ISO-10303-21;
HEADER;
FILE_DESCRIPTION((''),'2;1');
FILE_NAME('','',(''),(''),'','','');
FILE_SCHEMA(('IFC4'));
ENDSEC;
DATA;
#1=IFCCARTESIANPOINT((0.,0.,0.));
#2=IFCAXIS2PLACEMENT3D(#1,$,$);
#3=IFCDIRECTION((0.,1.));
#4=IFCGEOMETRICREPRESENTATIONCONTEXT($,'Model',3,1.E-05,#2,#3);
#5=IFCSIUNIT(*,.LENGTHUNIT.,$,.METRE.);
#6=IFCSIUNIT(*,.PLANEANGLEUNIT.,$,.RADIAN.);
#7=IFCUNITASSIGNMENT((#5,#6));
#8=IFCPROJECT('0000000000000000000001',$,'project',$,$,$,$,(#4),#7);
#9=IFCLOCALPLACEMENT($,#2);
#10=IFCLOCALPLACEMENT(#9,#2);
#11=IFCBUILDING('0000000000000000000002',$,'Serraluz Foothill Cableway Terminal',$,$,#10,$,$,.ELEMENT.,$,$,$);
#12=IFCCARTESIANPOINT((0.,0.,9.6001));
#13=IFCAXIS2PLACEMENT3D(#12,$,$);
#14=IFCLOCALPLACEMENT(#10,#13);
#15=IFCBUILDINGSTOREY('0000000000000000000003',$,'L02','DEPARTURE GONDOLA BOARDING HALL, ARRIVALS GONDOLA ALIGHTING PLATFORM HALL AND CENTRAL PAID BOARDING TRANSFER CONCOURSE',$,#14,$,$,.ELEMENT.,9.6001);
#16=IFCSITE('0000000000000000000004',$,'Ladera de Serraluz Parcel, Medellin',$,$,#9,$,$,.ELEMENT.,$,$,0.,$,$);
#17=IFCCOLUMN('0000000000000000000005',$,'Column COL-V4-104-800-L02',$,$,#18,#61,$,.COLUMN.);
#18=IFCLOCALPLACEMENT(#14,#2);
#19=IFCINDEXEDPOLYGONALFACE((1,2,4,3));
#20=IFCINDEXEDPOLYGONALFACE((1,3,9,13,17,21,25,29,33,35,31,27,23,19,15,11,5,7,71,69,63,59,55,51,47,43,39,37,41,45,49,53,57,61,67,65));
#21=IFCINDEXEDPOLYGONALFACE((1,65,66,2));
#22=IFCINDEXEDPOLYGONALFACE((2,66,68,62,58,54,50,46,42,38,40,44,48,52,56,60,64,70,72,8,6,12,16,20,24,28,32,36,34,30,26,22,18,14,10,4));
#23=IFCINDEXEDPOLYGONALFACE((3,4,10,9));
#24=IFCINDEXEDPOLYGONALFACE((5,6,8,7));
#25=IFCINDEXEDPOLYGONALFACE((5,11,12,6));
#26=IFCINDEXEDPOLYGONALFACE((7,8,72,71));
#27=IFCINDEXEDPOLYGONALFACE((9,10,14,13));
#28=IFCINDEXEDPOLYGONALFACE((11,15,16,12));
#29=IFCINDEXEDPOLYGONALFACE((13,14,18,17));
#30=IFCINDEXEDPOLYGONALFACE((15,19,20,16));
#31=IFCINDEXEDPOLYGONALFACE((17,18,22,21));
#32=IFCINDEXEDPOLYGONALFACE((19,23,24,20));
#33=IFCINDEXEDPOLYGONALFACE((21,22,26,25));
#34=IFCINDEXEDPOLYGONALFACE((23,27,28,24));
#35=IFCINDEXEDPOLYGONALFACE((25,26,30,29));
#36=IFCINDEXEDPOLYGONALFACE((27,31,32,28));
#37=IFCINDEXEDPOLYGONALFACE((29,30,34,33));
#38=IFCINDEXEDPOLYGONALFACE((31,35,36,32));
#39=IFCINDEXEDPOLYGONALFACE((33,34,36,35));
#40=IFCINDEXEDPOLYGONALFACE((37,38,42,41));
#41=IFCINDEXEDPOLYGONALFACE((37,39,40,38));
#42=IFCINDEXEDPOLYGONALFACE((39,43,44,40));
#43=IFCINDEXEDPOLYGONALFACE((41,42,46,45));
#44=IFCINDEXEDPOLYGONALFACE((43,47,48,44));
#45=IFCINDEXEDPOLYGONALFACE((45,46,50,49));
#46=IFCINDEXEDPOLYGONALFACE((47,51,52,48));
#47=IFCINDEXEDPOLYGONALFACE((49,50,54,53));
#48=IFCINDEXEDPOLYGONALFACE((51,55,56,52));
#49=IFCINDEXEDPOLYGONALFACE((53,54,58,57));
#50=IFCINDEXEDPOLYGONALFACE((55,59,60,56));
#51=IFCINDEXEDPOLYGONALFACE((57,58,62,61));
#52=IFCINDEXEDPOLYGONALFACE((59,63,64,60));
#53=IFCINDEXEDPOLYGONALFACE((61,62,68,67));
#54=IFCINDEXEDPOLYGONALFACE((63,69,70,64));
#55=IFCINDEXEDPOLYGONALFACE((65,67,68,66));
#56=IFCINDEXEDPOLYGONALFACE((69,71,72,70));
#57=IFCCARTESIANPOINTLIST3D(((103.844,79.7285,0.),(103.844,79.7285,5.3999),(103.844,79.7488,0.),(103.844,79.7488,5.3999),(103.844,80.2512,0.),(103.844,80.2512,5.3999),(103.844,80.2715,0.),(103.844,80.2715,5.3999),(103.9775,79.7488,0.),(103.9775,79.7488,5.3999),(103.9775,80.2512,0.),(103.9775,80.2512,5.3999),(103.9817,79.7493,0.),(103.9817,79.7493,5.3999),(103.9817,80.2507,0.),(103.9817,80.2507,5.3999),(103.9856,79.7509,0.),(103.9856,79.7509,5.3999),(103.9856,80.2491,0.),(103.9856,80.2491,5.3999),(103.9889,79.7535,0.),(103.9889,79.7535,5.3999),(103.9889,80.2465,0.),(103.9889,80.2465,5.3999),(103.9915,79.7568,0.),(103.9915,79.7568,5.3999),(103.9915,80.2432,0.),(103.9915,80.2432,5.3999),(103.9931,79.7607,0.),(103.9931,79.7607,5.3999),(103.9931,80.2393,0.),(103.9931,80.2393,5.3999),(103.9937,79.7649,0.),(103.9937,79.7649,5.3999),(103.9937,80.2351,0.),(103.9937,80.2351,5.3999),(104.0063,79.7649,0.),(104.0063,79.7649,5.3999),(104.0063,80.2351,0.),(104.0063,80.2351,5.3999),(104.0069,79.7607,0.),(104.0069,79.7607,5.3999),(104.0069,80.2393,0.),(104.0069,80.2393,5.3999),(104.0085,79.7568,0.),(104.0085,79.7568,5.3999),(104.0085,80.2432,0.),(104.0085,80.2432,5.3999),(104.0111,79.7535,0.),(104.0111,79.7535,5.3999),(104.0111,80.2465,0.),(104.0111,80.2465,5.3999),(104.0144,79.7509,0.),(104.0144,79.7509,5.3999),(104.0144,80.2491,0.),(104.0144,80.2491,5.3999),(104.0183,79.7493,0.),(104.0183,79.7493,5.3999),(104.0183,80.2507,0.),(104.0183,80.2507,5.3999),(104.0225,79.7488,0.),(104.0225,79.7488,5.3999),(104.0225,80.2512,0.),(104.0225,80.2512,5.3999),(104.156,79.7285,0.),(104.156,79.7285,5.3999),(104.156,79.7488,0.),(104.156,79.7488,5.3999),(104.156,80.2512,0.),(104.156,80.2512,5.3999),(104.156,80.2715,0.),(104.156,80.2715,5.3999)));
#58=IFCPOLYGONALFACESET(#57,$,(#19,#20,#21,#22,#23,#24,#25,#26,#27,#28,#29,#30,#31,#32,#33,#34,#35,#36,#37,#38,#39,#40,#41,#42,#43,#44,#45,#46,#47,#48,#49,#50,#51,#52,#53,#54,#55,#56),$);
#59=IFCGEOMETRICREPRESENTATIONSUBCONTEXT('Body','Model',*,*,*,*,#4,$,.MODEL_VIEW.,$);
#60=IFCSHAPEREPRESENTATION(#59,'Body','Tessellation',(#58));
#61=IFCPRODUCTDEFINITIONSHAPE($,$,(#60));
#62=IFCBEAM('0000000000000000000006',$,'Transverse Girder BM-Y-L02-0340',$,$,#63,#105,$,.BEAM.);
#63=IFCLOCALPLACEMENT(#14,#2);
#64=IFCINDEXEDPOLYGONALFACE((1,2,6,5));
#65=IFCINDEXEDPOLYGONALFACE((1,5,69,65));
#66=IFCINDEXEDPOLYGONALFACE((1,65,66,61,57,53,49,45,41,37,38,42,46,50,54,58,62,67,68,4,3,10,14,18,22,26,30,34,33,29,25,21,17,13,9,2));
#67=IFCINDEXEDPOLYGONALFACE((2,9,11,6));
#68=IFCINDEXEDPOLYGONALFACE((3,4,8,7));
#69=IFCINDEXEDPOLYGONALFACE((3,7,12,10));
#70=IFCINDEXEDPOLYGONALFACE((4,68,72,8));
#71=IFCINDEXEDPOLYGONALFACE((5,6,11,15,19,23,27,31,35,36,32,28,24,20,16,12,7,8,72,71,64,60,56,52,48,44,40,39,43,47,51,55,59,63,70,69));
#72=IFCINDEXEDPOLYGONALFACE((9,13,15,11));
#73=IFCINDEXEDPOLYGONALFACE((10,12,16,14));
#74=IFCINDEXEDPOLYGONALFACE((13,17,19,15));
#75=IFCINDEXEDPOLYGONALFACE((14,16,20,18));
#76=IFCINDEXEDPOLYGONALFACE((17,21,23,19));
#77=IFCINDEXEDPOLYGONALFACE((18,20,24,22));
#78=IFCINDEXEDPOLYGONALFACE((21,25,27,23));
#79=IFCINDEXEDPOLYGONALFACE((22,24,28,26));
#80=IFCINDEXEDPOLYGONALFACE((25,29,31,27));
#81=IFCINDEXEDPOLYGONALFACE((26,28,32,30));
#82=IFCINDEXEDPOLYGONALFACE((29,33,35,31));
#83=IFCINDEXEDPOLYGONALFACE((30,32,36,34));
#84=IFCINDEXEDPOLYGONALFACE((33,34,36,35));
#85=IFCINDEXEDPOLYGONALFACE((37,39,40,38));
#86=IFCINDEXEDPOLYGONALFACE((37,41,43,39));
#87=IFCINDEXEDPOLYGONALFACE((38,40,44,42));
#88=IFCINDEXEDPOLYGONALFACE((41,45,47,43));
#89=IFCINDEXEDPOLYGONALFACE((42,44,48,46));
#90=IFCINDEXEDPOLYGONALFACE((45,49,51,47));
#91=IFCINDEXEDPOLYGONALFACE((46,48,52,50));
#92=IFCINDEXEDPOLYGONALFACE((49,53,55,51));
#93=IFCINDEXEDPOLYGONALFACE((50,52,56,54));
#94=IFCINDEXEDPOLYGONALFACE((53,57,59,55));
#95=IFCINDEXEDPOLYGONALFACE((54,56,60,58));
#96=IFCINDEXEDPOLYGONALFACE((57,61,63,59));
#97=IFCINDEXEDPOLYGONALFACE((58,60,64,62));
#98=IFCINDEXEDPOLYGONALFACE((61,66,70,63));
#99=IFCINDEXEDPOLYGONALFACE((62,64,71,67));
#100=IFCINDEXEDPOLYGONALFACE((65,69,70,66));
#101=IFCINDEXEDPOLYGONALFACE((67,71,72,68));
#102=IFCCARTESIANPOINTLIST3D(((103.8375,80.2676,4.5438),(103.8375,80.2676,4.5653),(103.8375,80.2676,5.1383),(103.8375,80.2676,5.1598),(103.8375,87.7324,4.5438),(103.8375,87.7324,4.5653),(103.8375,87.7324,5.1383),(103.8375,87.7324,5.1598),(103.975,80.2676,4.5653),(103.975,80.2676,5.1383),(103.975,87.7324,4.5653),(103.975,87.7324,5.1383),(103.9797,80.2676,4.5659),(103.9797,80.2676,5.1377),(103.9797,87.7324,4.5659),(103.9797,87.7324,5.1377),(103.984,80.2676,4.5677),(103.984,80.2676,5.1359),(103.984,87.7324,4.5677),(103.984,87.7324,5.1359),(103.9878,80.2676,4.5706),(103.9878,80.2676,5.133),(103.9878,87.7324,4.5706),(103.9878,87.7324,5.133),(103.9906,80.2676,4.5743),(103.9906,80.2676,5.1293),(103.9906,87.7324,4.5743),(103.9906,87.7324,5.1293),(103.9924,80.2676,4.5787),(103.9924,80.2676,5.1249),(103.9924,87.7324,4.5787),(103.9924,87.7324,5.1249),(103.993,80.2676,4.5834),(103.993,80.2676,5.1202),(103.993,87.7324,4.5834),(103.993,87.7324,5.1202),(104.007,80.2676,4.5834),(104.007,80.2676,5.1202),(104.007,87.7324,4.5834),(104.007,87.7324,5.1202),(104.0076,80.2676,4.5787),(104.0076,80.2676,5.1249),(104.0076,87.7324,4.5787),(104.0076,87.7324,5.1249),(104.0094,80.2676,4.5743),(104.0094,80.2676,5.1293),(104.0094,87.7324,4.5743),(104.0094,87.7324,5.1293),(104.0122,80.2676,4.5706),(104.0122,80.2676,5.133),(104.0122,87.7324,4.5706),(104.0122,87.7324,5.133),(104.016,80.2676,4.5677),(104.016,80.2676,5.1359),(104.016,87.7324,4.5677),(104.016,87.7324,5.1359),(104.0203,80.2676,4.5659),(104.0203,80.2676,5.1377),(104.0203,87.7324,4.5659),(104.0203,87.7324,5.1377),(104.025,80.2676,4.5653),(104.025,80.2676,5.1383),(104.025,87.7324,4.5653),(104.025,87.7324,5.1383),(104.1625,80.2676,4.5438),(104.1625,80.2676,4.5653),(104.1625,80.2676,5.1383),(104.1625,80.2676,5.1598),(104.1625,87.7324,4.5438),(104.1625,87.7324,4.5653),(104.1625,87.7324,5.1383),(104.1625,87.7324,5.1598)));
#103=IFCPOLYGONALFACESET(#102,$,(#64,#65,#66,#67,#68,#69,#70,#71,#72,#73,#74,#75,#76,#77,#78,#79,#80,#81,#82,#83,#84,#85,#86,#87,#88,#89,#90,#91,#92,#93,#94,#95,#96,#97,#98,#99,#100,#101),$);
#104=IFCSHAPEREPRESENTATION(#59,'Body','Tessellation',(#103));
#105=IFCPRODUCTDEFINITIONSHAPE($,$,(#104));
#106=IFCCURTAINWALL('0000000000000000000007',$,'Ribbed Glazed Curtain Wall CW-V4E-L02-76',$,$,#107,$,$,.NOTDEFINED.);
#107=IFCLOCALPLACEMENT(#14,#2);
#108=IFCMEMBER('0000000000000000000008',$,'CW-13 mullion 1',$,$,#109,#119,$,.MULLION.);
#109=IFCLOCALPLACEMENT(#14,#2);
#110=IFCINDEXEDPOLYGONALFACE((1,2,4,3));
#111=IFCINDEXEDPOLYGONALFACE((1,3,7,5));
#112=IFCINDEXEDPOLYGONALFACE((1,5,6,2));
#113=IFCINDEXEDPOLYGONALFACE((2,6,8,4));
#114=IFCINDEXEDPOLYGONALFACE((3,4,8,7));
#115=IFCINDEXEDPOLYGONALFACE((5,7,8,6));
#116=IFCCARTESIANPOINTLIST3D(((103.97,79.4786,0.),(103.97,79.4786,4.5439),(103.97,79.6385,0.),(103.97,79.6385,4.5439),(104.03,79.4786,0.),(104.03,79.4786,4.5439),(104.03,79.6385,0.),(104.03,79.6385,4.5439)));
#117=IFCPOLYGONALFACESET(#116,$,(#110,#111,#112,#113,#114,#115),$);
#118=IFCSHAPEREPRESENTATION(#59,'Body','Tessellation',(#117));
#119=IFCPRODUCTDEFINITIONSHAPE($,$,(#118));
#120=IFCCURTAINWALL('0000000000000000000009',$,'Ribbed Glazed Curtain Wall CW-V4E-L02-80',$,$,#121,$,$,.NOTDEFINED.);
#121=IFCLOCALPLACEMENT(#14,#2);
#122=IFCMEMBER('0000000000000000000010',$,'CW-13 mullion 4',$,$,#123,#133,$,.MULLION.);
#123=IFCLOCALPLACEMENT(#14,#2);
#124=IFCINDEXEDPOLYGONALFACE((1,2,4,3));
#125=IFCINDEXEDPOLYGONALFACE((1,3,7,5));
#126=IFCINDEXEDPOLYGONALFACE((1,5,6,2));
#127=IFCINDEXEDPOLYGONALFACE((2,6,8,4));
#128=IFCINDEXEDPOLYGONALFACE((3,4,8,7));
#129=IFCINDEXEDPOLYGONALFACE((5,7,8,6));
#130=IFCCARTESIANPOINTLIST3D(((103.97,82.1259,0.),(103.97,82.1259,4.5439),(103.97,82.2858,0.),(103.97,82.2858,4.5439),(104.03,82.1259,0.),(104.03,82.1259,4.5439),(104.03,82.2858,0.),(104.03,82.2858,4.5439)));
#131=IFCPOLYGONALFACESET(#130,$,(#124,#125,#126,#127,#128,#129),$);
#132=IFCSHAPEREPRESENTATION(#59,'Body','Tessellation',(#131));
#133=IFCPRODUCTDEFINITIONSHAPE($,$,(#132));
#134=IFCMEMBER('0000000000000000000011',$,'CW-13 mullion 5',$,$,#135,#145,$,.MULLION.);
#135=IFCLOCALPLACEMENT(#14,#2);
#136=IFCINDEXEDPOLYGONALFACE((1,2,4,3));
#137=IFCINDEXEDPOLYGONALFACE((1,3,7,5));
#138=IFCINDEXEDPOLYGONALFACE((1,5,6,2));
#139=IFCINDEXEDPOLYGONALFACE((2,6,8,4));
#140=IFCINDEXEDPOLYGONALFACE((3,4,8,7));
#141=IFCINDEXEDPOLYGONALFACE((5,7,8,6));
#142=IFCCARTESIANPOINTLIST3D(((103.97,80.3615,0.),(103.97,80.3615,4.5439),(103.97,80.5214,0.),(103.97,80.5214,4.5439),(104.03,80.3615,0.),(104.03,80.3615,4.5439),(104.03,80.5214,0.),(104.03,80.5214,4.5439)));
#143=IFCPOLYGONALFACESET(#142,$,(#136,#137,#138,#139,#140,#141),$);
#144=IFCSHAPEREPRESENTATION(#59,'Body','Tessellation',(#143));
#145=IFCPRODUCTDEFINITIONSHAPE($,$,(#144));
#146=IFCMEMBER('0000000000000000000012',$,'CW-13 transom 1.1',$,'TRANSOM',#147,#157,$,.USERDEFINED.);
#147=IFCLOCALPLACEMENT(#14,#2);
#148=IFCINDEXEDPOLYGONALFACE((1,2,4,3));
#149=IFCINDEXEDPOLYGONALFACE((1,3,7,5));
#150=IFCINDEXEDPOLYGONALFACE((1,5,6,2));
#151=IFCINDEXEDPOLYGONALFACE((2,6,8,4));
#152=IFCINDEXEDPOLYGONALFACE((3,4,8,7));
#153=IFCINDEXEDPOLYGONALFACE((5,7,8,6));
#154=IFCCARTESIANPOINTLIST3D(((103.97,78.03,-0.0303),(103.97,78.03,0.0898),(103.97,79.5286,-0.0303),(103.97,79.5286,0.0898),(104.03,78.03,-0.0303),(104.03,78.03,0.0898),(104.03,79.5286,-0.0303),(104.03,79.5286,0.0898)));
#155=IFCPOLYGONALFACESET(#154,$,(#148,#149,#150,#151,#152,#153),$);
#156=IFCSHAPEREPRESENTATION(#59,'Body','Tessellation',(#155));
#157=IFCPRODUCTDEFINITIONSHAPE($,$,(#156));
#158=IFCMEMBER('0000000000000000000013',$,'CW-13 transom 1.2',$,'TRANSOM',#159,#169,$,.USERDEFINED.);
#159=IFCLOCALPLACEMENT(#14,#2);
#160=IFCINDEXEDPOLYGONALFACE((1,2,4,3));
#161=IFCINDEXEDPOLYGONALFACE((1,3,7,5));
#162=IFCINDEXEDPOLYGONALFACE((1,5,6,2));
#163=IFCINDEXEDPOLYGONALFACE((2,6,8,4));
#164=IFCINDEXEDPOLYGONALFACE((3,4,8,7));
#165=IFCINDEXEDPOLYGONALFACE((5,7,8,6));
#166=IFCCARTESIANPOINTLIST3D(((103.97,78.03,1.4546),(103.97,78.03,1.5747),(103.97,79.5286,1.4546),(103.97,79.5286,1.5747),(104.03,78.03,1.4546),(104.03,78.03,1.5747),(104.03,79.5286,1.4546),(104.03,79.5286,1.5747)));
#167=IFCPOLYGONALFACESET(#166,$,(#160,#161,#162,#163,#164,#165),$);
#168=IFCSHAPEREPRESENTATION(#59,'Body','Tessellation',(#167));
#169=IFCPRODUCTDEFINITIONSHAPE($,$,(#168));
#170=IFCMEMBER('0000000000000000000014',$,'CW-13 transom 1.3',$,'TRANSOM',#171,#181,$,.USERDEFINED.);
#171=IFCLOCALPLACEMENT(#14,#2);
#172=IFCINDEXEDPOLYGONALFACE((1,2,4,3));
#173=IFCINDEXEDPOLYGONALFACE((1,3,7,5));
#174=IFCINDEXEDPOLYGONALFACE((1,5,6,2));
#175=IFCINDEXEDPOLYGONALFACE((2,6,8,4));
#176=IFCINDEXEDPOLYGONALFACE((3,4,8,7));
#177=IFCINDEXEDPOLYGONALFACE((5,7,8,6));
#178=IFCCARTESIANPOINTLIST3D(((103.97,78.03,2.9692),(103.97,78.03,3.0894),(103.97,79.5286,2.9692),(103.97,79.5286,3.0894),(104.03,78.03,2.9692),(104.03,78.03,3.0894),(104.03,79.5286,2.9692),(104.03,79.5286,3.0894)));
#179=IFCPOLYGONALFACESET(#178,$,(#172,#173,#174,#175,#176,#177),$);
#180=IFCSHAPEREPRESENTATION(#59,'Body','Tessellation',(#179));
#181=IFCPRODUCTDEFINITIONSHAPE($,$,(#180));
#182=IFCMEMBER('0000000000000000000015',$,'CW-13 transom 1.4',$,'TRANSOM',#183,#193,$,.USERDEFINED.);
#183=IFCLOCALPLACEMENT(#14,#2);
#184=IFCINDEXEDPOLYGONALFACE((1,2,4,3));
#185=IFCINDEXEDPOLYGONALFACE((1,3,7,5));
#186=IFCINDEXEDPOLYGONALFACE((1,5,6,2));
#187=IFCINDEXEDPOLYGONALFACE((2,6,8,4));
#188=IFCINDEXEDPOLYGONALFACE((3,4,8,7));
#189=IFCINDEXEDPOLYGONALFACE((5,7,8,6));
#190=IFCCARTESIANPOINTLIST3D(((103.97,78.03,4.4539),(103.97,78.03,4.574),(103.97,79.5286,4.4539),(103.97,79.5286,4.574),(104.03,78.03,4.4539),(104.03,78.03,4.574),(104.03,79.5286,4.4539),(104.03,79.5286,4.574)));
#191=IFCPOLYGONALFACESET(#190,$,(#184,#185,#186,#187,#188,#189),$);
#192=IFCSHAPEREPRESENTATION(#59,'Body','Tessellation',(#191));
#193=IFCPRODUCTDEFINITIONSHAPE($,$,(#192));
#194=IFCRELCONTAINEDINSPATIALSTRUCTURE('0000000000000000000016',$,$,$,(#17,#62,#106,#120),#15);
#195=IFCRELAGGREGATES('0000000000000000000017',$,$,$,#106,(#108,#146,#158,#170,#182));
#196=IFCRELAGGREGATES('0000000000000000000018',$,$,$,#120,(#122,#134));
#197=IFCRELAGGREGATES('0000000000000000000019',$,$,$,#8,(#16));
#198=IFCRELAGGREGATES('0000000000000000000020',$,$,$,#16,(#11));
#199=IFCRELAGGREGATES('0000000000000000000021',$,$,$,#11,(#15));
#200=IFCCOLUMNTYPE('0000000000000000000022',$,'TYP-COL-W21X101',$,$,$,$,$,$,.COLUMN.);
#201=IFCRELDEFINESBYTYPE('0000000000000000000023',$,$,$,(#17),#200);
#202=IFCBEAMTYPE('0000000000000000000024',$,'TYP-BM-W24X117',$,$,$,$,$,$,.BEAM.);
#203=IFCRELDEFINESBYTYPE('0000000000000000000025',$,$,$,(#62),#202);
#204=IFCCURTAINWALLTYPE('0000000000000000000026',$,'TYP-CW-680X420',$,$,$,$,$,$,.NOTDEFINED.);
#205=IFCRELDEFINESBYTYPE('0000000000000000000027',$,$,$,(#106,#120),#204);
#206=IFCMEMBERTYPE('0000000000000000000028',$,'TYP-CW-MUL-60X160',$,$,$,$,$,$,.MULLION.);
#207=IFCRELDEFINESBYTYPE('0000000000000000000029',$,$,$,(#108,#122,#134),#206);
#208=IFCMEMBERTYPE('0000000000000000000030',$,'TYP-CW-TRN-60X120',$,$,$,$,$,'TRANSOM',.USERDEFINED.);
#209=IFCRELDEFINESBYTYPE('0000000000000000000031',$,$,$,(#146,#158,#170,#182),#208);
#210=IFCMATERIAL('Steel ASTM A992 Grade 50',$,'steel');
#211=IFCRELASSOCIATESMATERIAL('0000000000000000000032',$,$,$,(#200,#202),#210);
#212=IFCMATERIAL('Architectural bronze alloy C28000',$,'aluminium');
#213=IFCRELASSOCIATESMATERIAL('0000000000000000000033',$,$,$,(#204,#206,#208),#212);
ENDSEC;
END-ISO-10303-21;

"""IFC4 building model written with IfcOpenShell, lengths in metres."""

from ifc_helpers import new_model, si_unit, direction, frame, origin, origin_2d, place, context, subcontext, project, spatial, rectangle, i_section, extrude, material, material_profile, profile_set, type_object, element, aggregate, save


model = new_model("IFC4")

# Units and contexts
model_context = context("Model", 3, precision=1e-05, world=origin(), true_north=direction((0.0, 1.0)))
body_context = subcontext(model_context, "Body", "Model", "MODEL_VIEW")
ifc_project = project(units=[si_unit("LENGTHUNIT", "METRE"), si_unit("PLANEANGLEUNIT", "RADIAN")], contexts=[model_context])

# Site, building, storey
site_placement = place(None, origin())
site = spatial("IfcSite", under=ifc_project, at=site_placement, Name="Ladera de Serraluz Parcel, Medellin", CompositionType="ELEMENT", RefElevation=0.0)
building_placement = place(site_placement, origin())
building = spatial("IfcBuilding", under=site, at=building_placement, Name="Serraluz Foothill Cableway Terminal", CompositionType="ELEMENT")
storey_placement = place(building_placement, frame((0.0, 0.0, 9.6001)))
storey = spatial("IfcBuildingStorey", under=building, at=storey_placement, Name="L02", Description="DEPARTURE GONDOLA BOARDING HALL, ARRIVALS GONDOLA ALIGHTING PLATFORM HALL AND CENTRAL PAID BOARDING TRANSFER CONCOURSE", CompositionType="ELEMENT", Elevation=9.6001)

# Column
ifc_material_1 = material(Name="Steel ASTM A992 Grade 50", Category="steel")
ifc_material_profile_1 = material_profile(ifc_material_1, i_section(OverallWidth=0.312, OverallDepth=0.543, WebThickness=0.0127, FlangeThickness=0.0203, FilletRadius=0.0161, at=origin_2d()), Name="W21X101")
ifc_profile_set_1 = profile_set([ifc_material_profile_1], Name="Steel ASTM A992 Grade 50")
column_type = type_object("IfcColumnType", Name="TYP-COL-W21X101", PredefinedType="COLUMN", material=ifc_profile_set_1)
column_placement = place(storey_placement, frame((104.0, 80.0, 0.0), z_axis=(0.0, 0.0, 1.0), x_axis=(1.0, 0.0, 0.0)))
element("IfcColumn", 1, at=column_placement, inside=storey, type_object=column_type, Name="Column COL-V4-104-800-L02", PredefinedType="COLUMN", context=body_context, shape_type="SweptSolid", body=[
    extrude(i_section(OverallWidth=0.312, OverallDepth=0.543, WebThickness=0.0127, FlangeThickness=0.0203, FilletRadius=0.0161, at=origin_2d()), origin(), (0.0, 0.0, 1.0), 5.3999),
])

# Beam
ifc_material_profile_2 = material_profile(ifc_material_1, i_section(OverallWidth=0.325, OverallDepth=0.616, WebThickness=0.0139, FlangeThickness=0.0215, FilletRadius=0.0181, at=origin_2d()), Name="W24X117")
ifc_profile_set_2 = profile_set([ifc_material_profile_2], Name="Steel ASTM A992 Grade 50")
beam_type = type_object("IfcBeamType", Name="TYP-BM-W24X117", PredefinedType="BEAM", material=ifc_profile_set_2)
beam_placement = place(storey_placement, frame((104.0, 80.2676, 4.8518), z_axis=(0.0, 1.0, 0.0), x_axis=(-1.0, 0.0, 0.0)))
element("IfcBeam", 2, at=beam_placement, inside=storey, type_object=beam_type, Name="Transverse Girder BM-Y-L02-0340", PredefinedType="BEAM", context=body_context, shape_type="SweptSolid", body=[
    extrude(i_section(OverallWidth=0.325, OverallDepth=0.616, WebThickness=0.0139, FlangeThickness=0.0215, FilletRadius=0.0181, at=origin_2d()), origin(), (0.0, 0.0, 1.0), 7.4648),
])

# Curtain wall, member
ifc_material_2 = material(Name="Architectural bronze alloy C28000", Category="aluminium")
curtain_wall_type = type_object("IfcCurtainWallType", Name="TYP-CW-680X420", PredefinedType="NOTDEFINED", material=ifc_material_2)
curtain_wall_1_placement = place(storey_placement, origin())
curtain_wall_1 = element("IfcCurtainWall", 3, at=curtain_wall_1_placement, inside=storey, type_object=curtain_wall_type, Name="Ribbed Glazed Curtain Wall CW-V4E-L02-76", PredefinedType="NOTDEFINED")
ifc_material_profile_3 = material_profile(ifc_material_2, rectangle(XDim=0.0601, YDim=0.1599, at=origin_2d()), Name="ALU MULLION 60x160")
ifc_profile_set_3 = profile_set([ifc_material_profile_3], Name="Architectural bronze alloy C28000")
member_type_1 = type_object("IfcMemberType", Name="TYP-CW-MUL-60X160", PredefinedType="MULLION", material=ifc_profile_set_3)
member_1_placement = place(storey_placement, frame((104.0, 79.5586, 0.0), z_axis=(0.0, 0.0, 1.0), x_axis=(1.0, 0.0, 0.0)))
member_1 = element("IfcMember", 4, at=member_1_placement, type_object=member_type_1, Name="CW-13 mullion 1", PredefinedType="MULLION", context=body_context, shape_type="SweptSolid", body=[
    extrude(rectangle(XDim=0.0601, YDim=0.1599, at=origin_2d()), origin(), (0.0, 0.0, 1.0), 4.5439),
])

# Curtain wall, members
curtain_wall_2_placement = place(storey_placement, origin())
curtain_wall_2 = element("IfcCurtainWall", 5, at=curtain_wall_2_placement, inside=storey, type_object=curtain_wall_type, Name="Ribbed Glazed Curtain Wall CW-V4E-L02-80", PredefinedType="NOTDEFINED")
member_2_placement = place(storey_placement, frame((104.0, 82.2058, 0.0), z_axis=(0.0, 0.0, 1.0), x_axis=(1.0, 0.0, 0.0)))
member_2 = element("IfcMember", 6, at=member_2_placement, type_object=member_type_1, Name="CW-13 mullion 4", PredefinedType="MULLION", context=body_context, shape_type="SweptSolid", body=[
    extrude(rectangle(XDim=0.0601, YDim=0.1599, at=origin_2d()), origin(), (0.0, 0.0, 1.0), 4.5439),
])
member_3_placement = place(storey_placement, frame((104.0, 80.4414, 0.0), z_axis=(0.0, 0.0, 1.0), x_axis=(1.0, 0.0, 0.0)))
member_3 = element("IfcMember", 7, at=member_3_placement, type_object=member_type_1, Name="CW-13 mullion 5", PredefinedType="MULLION", context=body_context, shape_type="SweptSolid", body=[
    extrude(rectangle(XDim=0.0601, YDim=0.1599, at=origin_2d()), origin(), (0.0, 0.0, 1.0), 4.5439),
])

# Members
ifc_material_profile_4 = material_profile(ifc_material_2, rectangle(XDim=0.0601, YDim=0.1201, at=origin_2d()), Name="ALU TRANSOM 60x120")
ifc_profile_set_4 = profile_set([ifc_material_profile_4], Name="Architectural bronze alloy C28000")
member_type_2 = type_object("IfcMemberType", Name="TYP-CW-TRN-60X120", ElementType="TRANSOM", PredefinedType="USERDEFINED", material=ifc_profile_set_4)
member_4_placement = place(storey_placement, frame((104.0, 79.5286, 0.0298), z_axis=(0.0, -1.0, 0.0), x_axis=(1.0, 0.0, 0.0)))
member_4 = element("IfcMember", 8, at=member_4_placement, type_object=member_type_2, Name="CW-13 transom 1.1", ObjectType="TRANSOM", PredefinedType="USERDEFINED", context=body_context, shape_type="SweptSolid", body=[
    extrude(rectangle(XDim=0.0601, YDim=0.1201, at=origin_2d()), origin(), (0.0, 0.0, 1.0), 1.4985),
])
member_5_placement = place(storey_placement, frame((104.0, 79.5286, 1.5146), z_axis=(0.0, -1.0, 0.0), x_axis=(1.0, 0.0, 0.0)))
member_5 = element("IfcMember", 9, at=member_5_placement, type_object=member_type_2, Name="CW-13 transom 1.2", ObjectType="TRANSOM", PredefinedType="USERDEFINED", context=body_context, shape_type="SweptSolid", body=[
    extrude(rectangle(XDim=0.0601, YDim=0.1201, at=origin_2d()), origin(), (0.0, 0.0, 1.0), 1.4985),
])
member_6_placement = place(storey_placement, frame((104.0, 79.5286, 3.0293), z_axis=(0.0, -1.0, 0.0), x_axis=(1.0, 0.0, 0.0)))
member_6 = element("IfcMember", 10, at=member_6_placement, type_object=member_type_2, Name="CW-13 transom 1.3", ObjectType="TRANSOM", PredefinedType="USERDEFINED", context=body_context, shape_type="SweptSolid", body=[
    extrude(rectangle(XDim=0.0601, YDim=0.1201, at=origin_2d()), origin(), (0.0, 0.0, 1.0), 1.4985),
])
member_7_placement = place(storey_placement, frame((104.0, 79.5286, 4.5139), z_axis=(0.0, -1.0, 0.0), x_axis=(1.0, 0.0, 0.0)))
member_7 = element("IfcMember", 11, at=member_7_placement, type_object=member_type_2, Name="CW-13 transom 1.4", ObjectType="TRANSOM", PredefinedType="USERDEFINED", context=body_context, shape_type="SweptSolid", body=[
    extrude(rectangle(XDim=0.0601, YDim=0.1201, at=origin_2d()), origin(), (0.0, 0.0, 1.0), 1.4985),
])

aggregate(curtain_wall_1, [member_1, member_4, member_5, member_6, member_7])
aggregate(curtain_wall_2, [member_2, member_3])

save(model, "model.ifc")
